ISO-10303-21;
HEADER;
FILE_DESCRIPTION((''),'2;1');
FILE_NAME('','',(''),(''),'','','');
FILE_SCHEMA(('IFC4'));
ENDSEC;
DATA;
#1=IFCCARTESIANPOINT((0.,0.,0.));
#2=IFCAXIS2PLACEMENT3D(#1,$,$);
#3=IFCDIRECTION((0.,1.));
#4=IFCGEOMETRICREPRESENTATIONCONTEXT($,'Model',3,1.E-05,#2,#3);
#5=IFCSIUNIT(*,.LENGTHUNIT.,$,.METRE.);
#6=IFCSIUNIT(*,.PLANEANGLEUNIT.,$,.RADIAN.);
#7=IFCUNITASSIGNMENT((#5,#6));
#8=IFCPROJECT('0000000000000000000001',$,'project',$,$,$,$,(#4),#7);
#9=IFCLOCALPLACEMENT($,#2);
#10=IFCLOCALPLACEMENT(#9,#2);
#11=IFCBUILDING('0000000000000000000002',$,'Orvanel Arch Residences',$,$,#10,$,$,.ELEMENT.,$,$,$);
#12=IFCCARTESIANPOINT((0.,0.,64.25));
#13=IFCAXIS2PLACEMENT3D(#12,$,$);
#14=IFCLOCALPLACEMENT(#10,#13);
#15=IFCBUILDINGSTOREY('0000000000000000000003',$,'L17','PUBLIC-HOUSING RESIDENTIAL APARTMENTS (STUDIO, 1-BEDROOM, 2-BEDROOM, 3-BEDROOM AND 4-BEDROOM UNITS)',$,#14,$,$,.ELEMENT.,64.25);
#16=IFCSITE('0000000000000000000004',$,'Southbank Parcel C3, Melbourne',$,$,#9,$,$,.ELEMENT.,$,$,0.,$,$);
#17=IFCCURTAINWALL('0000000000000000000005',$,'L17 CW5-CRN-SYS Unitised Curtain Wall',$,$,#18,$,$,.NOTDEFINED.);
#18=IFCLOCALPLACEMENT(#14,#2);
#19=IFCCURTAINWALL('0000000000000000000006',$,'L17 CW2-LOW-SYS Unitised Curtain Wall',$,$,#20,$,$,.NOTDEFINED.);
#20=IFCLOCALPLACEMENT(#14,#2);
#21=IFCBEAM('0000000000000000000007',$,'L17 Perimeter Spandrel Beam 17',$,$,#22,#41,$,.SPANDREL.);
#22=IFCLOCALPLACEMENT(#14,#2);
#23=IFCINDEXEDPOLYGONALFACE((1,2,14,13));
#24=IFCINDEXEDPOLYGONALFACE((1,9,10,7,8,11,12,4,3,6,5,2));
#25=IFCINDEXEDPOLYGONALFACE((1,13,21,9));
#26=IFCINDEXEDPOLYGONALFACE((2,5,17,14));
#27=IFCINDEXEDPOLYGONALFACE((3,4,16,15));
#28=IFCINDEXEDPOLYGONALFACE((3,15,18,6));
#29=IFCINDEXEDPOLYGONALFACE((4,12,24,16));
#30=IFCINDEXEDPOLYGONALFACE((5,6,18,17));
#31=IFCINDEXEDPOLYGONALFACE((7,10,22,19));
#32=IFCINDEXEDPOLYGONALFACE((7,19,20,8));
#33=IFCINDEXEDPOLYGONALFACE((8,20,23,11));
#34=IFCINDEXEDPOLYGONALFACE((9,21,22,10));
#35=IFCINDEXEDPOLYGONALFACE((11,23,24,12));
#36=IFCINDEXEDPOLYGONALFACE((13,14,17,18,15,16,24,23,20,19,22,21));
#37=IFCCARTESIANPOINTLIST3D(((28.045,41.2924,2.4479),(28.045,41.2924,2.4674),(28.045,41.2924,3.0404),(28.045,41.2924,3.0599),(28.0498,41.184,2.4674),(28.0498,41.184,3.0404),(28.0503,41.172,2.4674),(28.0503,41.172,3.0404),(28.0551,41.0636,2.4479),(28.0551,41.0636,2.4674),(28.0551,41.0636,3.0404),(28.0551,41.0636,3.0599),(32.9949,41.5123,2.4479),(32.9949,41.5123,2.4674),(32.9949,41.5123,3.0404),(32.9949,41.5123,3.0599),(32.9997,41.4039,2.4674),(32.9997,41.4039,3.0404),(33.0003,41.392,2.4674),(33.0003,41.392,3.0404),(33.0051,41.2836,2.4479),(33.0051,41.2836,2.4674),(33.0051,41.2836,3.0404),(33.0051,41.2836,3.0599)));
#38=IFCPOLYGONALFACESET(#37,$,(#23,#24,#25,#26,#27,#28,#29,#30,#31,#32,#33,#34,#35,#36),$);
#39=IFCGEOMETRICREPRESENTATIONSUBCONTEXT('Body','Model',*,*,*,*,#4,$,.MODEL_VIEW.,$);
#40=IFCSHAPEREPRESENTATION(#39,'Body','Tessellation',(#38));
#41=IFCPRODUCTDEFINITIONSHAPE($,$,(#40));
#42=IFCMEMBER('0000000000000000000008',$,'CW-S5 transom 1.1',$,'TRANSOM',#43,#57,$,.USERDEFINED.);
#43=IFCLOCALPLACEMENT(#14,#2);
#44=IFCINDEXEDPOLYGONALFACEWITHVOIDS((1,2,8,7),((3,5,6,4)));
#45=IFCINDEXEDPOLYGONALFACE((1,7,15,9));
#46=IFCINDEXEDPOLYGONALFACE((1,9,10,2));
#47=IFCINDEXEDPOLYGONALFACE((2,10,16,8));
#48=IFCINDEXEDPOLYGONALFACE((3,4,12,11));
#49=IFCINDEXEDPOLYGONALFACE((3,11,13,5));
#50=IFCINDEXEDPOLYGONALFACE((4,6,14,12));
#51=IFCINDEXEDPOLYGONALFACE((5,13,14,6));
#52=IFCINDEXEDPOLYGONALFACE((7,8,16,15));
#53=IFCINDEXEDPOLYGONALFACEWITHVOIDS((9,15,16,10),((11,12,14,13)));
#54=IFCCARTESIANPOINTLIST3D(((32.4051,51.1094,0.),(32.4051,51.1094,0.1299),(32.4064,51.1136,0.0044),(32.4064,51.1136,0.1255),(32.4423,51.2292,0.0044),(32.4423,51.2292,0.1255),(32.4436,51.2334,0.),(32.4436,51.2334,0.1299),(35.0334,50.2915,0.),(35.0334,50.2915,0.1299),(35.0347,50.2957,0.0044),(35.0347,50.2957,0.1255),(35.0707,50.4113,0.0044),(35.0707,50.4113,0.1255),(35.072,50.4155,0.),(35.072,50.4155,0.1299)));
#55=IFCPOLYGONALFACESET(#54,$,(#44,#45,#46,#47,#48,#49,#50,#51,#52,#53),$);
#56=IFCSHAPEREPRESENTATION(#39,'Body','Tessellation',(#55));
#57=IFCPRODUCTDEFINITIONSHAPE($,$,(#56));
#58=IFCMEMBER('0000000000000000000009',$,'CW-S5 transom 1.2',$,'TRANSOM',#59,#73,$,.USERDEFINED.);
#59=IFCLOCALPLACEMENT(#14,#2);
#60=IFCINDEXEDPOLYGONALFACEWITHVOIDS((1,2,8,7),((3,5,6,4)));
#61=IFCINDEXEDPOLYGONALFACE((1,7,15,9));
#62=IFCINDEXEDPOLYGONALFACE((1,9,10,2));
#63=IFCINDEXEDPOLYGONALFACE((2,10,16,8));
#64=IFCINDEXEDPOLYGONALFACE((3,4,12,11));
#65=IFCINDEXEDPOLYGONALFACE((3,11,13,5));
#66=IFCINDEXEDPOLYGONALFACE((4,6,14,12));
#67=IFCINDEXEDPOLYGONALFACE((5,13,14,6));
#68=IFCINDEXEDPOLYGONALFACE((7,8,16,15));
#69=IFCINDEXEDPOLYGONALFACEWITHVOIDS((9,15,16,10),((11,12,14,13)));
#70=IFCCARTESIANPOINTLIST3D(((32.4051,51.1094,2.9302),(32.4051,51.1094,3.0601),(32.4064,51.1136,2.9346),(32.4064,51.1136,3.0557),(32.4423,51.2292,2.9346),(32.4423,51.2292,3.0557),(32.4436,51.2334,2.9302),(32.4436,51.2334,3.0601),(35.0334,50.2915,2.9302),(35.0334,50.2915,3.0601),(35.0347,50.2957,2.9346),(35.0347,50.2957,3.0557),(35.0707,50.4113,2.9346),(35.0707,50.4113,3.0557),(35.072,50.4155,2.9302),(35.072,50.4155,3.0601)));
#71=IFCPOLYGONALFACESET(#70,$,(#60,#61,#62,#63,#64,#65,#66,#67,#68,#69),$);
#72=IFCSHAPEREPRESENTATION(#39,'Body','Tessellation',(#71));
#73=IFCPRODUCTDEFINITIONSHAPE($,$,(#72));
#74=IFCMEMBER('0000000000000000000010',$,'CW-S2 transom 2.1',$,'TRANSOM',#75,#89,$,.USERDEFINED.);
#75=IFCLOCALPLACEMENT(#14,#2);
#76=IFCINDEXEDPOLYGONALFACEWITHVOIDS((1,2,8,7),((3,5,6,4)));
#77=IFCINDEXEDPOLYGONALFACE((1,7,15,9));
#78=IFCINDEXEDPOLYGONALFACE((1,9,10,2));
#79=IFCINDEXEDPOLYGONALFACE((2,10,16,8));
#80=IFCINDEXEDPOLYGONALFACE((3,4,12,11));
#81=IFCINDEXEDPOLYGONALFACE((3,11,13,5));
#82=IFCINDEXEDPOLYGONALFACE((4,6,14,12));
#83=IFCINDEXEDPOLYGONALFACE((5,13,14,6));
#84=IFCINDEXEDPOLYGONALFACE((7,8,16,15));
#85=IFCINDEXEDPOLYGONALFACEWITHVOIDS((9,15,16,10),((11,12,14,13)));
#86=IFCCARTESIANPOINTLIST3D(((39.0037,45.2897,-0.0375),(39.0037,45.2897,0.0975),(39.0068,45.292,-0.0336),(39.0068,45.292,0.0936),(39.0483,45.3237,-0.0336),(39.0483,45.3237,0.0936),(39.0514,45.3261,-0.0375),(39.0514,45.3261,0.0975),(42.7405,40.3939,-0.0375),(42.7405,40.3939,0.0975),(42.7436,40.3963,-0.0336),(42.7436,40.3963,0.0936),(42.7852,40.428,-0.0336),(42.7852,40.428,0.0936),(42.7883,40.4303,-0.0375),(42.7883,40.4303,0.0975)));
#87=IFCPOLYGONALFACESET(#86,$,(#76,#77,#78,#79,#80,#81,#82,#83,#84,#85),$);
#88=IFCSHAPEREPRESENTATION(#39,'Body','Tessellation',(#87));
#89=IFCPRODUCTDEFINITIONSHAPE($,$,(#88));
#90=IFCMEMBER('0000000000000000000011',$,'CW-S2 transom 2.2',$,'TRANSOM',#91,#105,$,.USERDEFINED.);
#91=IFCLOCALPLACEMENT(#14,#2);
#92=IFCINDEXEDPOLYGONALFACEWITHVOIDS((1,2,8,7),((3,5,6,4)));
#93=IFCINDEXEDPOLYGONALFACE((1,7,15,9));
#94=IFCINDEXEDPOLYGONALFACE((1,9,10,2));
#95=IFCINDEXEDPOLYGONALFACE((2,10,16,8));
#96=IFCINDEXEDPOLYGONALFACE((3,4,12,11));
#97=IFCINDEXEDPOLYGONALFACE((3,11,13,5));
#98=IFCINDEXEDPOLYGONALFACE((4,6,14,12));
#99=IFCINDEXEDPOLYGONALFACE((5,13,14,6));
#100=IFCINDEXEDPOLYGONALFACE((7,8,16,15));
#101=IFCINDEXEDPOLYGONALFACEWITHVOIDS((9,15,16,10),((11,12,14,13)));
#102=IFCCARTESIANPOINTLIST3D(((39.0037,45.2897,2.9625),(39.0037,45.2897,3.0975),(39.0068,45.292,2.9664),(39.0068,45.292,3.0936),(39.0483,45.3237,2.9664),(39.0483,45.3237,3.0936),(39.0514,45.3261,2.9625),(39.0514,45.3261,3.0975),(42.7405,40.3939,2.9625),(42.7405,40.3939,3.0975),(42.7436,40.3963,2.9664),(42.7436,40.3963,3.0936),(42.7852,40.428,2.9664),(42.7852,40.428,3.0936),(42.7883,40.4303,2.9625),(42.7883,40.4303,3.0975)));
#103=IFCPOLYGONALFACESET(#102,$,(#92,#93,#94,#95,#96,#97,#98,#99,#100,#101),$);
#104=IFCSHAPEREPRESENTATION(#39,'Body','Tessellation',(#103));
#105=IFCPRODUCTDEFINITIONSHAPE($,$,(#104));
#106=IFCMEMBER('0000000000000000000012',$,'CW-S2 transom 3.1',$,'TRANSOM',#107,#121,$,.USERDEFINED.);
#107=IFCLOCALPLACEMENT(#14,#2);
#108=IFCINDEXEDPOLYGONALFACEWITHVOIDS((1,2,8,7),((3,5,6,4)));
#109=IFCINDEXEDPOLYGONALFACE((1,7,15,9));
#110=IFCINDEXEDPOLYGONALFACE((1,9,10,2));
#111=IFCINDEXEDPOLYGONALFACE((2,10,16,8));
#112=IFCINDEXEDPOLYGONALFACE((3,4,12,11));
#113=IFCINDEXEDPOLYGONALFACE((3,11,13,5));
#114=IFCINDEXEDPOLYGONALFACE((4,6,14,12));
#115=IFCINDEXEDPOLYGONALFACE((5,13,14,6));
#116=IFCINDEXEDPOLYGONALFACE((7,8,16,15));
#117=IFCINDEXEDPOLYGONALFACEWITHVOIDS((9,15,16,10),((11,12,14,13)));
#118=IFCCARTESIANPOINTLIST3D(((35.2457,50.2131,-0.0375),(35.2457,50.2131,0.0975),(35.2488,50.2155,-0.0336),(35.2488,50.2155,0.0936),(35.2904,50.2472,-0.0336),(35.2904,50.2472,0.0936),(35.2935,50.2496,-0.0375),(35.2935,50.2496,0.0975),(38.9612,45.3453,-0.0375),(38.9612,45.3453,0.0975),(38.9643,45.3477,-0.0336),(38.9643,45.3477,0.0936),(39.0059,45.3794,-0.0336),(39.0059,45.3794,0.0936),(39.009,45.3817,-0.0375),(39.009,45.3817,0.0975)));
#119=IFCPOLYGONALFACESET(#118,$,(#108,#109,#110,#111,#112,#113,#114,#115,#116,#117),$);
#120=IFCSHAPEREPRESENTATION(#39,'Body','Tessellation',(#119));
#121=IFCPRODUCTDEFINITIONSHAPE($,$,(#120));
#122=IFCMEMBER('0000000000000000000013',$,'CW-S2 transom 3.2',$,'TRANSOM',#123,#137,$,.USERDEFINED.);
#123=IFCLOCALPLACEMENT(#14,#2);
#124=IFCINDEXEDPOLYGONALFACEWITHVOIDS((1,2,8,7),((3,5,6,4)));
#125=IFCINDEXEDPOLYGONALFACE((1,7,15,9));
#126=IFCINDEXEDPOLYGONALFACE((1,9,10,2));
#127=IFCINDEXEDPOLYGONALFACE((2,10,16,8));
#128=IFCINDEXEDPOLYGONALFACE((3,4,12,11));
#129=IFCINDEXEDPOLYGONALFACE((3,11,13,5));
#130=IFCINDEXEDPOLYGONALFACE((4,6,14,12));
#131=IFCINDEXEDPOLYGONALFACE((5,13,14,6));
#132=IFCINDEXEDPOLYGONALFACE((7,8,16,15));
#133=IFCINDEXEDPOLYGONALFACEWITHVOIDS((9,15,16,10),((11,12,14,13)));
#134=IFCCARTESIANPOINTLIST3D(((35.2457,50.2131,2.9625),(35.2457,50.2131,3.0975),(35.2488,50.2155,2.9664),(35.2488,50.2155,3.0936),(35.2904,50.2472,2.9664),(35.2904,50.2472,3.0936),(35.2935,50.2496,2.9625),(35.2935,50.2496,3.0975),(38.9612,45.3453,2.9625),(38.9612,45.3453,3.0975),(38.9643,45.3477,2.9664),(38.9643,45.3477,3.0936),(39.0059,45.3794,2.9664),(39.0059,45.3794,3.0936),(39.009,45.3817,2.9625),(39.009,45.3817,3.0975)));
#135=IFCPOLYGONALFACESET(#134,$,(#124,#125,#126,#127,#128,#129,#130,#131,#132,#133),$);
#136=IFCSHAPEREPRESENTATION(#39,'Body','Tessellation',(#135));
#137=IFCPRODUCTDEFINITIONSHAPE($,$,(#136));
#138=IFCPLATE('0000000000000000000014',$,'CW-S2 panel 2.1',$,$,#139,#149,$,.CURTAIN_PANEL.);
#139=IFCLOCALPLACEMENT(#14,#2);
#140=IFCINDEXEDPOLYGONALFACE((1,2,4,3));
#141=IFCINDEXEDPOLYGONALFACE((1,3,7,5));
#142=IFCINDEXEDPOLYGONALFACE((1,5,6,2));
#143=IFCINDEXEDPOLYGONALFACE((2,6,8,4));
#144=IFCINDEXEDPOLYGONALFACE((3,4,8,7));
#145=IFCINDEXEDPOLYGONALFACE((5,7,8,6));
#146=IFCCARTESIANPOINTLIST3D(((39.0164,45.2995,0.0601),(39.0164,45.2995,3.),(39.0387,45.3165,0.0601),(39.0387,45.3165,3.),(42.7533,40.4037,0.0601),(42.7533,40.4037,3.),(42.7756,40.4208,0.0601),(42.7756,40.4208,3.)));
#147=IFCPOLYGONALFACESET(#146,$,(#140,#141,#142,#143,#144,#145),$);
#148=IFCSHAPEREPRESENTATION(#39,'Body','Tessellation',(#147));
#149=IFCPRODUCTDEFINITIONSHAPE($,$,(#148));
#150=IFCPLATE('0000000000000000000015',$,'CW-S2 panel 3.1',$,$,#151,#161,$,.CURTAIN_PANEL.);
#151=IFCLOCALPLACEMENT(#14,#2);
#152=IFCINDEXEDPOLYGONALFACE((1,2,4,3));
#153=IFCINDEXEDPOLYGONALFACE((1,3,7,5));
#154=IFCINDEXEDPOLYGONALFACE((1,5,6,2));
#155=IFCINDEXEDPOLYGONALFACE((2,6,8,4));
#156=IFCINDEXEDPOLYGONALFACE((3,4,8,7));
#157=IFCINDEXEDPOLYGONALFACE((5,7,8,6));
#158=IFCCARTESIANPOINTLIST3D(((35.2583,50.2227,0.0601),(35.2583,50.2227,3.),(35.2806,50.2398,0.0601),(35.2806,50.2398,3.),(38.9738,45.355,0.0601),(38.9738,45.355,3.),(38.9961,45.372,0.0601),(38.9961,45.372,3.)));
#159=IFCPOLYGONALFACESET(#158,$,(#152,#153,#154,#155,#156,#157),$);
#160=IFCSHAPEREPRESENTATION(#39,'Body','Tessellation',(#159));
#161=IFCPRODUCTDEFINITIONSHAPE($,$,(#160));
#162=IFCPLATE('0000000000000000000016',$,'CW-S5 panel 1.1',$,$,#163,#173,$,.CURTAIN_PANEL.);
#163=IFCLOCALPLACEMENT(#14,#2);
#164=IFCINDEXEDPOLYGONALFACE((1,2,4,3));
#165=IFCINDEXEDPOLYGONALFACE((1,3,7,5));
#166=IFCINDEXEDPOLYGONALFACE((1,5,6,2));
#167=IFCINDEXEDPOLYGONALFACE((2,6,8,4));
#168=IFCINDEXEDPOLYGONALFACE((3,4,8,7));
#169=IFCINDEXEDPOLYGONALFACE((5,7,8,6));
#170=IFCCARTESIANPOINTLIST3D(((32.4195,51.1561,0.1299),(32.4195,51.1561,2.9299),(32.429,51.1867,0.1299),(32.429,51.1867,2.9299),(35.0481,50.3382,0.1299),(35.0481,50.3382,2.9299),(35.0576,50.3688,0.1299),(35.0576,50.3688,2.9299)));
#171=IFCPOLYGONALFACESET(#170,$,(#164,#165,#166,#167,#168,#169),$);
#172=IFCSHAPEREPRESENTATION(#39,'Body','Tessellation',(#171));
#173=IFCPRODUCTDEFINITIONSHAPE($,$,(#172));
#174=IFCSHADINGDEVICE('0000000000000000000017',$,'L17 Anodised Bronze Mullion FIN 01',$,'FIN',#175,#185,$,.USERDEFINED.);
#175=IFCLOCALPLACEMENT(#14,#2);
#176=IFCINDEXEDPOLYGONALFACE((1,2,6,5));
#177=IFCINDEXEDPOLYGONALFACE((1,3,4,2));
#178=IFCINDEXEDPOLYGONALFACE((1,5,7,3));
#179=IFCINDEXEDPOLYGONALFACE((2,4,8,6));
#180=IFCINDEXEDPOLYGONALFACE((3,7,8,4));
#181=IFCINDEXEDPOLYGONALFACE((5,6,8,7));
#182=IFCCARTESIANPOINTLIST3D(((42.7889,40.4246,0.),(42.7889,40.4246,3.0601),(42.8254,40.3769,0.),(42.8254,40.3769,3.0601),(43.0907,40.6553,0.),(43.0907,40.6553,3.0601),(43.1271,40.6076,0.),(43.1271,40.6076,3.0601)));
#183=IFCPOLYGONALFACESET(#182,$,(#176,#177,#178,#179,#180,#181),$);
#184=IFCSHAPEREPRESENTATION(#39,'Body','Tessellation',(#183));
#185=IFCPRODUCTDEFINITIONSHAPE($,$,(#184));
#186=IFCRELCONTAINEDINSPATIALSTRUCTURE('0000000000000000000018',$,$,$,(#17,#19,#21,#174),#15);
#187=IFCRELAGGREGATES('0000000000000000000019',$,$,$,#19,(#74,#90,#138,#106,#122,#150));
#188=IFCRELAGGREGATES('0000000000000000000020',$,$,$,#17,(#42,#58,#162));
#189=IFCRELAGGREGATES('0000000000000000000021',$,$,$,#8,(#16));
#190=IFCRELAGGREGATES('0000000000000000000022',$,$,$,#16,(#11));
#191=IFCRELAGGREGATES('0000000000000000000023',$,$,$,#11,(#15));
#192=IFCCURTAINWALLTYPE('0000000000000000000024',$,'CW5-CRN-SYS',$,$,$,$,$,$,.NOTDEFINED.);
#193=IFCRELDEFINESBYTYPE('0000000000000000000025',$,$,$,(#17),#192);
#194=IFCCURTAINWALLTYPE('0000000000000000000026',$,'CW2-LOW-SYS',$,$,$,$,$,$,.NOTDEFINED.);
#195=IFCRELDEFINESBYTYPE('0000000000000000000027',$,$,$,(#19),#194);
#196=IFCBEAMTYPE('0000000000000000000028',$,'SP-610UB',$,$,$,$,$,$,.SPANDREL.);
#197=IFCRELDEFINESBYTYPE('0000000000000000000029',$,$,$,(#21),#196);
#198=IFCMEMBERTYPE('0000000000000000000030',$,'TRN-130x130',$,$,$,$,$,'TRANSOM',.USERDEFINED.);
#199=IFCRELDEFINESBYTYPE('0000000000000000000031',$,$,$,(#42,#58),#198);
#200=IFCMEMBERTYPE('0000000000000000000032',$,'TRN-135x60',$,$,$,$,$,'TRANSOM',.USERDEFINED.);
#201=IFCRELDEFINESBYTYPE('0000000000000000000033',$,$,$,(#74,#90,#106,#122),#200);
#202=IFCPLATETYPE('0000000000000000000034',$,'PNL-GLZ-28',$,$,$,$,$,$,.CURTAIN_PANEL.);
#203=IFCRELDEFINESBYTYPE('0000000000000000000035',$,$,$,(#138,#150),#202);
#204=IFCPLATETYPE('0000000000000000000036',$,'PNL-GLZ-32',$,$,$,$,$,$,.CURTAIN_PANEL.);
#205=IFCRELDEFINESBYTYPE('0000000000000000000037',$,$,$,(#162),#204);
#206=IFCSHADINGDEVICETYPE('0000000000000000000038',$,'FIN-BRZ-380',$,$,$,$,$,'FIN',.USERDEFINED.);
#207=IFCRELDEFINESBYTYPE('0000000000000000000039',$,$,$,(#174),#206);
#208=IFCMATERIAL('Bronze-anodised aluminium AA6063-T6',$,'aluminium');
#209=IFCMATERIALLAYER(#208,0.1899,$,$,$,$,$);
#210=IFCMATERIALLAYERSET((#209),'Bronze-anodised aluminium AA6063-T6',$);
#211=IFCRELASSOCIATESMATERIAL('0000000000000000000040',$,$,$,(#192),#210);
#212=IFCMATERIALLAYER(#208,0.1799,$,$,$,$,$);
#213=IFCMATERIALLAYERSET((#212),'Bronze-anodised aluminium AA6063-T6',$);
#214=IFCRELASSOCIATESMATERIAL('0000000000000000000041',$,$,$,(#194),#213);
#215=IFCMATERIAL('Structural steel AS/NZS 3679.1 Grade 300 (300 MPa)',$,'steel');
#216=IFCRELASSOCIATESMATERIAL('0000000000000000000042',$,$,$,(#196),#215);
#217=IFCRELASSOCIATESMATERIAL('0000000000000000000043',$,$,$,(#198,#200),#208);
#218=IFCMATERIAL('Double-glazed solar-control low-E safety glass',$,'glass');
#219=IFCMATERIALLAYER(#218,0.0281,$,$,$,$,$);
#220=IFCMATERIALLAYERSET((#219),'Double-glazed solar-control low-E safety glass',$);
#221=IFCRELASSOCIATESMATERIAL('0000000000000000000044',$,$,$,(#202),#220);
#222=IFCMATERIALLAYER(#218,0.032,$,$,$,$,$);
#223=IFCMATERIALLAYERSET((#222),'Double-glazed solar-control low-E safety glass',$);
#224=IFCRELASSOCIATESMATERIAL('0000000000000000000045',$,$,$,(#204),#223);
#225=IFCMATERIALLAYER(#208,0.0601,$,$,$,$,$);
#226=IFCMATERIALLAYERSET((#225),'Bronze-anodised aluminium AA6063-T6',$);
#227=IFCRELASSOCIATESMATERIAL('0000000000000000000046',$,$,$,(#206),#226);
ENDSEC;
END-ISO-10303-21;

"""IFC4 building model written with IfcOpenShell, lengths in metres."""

from ifc_helpers import new_model, si_unit, direction, frame, origin, origin_2d, place, context, subcontext, project, spatial, rectangle, hollow_rectangle, i_section, extrude, material, layer, layer_set, material_profile, profile_set, type_object, element, aggregate, save


model = new_model("IFC4")

# Units and contexts
model_context = context("Model", 3, precision=1e-05, world=origin(), true_north=direction((0.0, 1.0)))
body_context = subcontext(model_context, "Body", "Model", "MODEL_VIEW")
ifc_project = project(units=[si_unit("LENGTHUNIT", "METRE"), si_unit("PLANEANGLEUNIT", "RADIAN")], contexts=[model_context])

# Site, building, storey
site_placement = place(None, origin())
site = spatial("IfcSite", under=ifc_project, at=site_placement, Name="Southbank Parcel C3, Melbourne", CompositionType="ELEMENT", RefElevation=0.0)
building_placement = place(site_placement, origin())
building = spatial("IfcBuilding", under=site, at=building_placement, Name="Orvanel Arch Residences", CompositionType="ELEMENT")
storey_placement = place(building_placement, frame((0.0, 0.0, 64.25)))
storey = spatial("IfcBuildingStorey", under=building, at=storey_placement, Name="L17", Description="PUBLIC-HOUSING RESIDENTIAL APARTMENTS (STUDIO, 1-BEDROOM, 2-BEDROOM, 3-BEDROOM AND 4-BEDROOM UNITS)", CompositionType="ELEMENT", Elevation=64.25)

# Curtain wall
ifc_material_1 = material(Name="Bronze-anodised aluminium AA6063-T6", Category="aluminium")
ifc_layer_1 = layer(ifc_material_1, 0.1899)
ifc_layer_set_1 = layer_set([ifc_layer_1], Name="Bronze-anodised aluminium AA6063-T6")
curtain_wall_type_1 = type_object("IfcCurtainWallType", Name="CW5-CRN-SYS", PredefinedType="NOTDEFINED", material=ifc_layer_set_1)
curtain_wall_1_placement = place(storey_placement, origin())
curtain_wall_1 = element("IfcCurtainWall", 1, at=curtain_wall_1_placement, inside=storey, type_object=curtain_wall_type_1, Name="L17 CW5-CRN-SYS Unitised Curtain Wall", PredefinedType="NOTDEFINED")

# Curtain wall
ifc_layer_2 = layer(ifc_material_1, 0.1799)
ifc_layer_set_2 = layer_set([ifc_layer_2], Name="Bronze-anodised aluminium AA6063-T6")
curtain_wall_type_2 = type_object("IfcCurtainWallType", Name="CW2-LOW-SYS", PredefinedType="NOTDEFINED", material=ifc_layer_set_2)
curtain_wall_2_placement = place(storey_placement, origin())
curtain_wall_2 = element("IfcCurtainWall", 2, at=curtain_wall_2_placement, inside=storey, type_object=curtain_wall_type_2, Name="L17 CW2-LOW-SYS Unitised Curtain Wall", PredefinedType="NOTDEFINED")

# Beam
ifc_material_2 = material(Name="Structural steel AS/NZS 3679.1 Grade 300 (300 MPa)", Category="steel")
ifc_material_profile_1 = material_profile(ifc_material_2, i_section(OverallWidth=0.229, OverallDepth=0.6121, WebThickness=0.012, FlangeThickness=0.0195, at=origin_2d()), Name="610UB125")
ifc_profile_set_1 = profile_set([ifc_material_profile_1], Name="Structural steel AS/NZS 3679.1 Grade 300 (300 MPa)")
beam_type_1 = type_object("IfcBeamType", Name="SP-610UB", PredefinedType="SPANDREL", material=ifc_profile_set_1)
for number, where, z_axis, x_axis, name in (
    (3, (33.0, 41.3979, 2.7539), (-0.999014, -0.044395, 0.0), (0.044395, -0.999014, 0.0), "L17 Perimeter Spandrel Beam 17"),
):
    element("IfcBeam", number, at=place(storey_placement, frame(where, z_axis=z_axis, x_axis=x_axis)), inside=storey, type_object=beam_type_1, Name=name, PredefinedType="SPANDREL", context=body_context, shape_type="SweptSolid", body=[
        extrude(i_section(OverallWidth=0.229, OverallDepth=0.6121, WebThickness=0.012, FlangeThickness=0.0195, at=origin_2d()), origin(), (0.0, 0.0, 1.0), 4.9548),
    ])

# Members
ifc_material_profile_2 = material_profile(ifc_material_1, hollow_rectangle(XDim=0.1299, YDim=0.1299, WallThickness=0.0044, at=origin_2d()), Name="ALU130x130x4.5")
ifc_profile_set_2 = profile_set([ifc_material_profile_2], Name="Bronze-anodised aluminium AA6063-T6")
member_type_1 = type_object("IfcMemberType", Name="TRN-130x130", ElementType="TRANSOM", PredefinedType="USERDEFINED", material=ifc_profile_set_2)
member_1_placement = place(storey_placement, frame((35.0527, 50.3535, 0.0649), z_axis=(-0.954842, 0.297113, 0.0), x_axis=(-0.297113, -0.954842, 0.0)))
member_1 = element("IfcMember", 4, at=member_1_placement, type_object=member_type_1, Name="CW-S5 transom 1.1", ObjectType="TRANSOM", PredefinedType="USERDEFINED", context=body_context, shape_type="SweptSolid", body=[
    extrude(hollow_rectangle(XDim=0.1299, YDim=0.1299, WallThickness=0.0044, at=origin_2d()), origin(), (0.0, 0.0, 1.0), 2.7527),
])
member_2_placement = place(storey_placement, frame((35.0527, 50.3535, 2.9951), z_axis=(-0.954842, 0.297113, 0.0), x_axis=(-0.297113, -0.954842, 0.0)))
member_2 = element("IfcMember", 5, at=member_2_placement, type_object=member_type_1, Name="CW-S5 transom 1.2", ObjectType="TRANSOM", PredefinedType="USERDEFINED", context=body_context, shape_type="SweptSolid", body=[
    extrude(hollow_rectangle(XDim=0.1299, YDim=0.1299, WallThickness=0.0044, at=origin_2d()), origin(), (0.0, 0.0, 1.0), 2.7527),
])
ifc_material_profile_3 = material_profile(ifc_material_1, hollow_rectangle(XDim=0.0601, YDim=0.135, WallThickness=0.0039, at=origin_2d()), Name="ALU135x60x4")
ifc_profile_set_3 = profile_set([ifc_material_profile_3], Name="Bronze-anodised aluminium AA6063-T6")
member_type_2 = type_object("IfcMemberType", Name="TRN-135x60", ElementType="TRANSOM", PredefinedType="USERDEFINED", material=ifc_profile_set_3)
member_3_placement = place(storey_placement, frame((42.7644, 40.4121, 0.03), z_axis=(-0.606733, 0.794905, 0.0), x_axis=(-0.794905, -0.606733, 0.0)))
member_3 = element("IfcMember", 6, at=member_3_placement, type_object=member_type_2, Name="CW-S2 transom 2.1", ObjectType="TRANSOM", PredefinedType="USERDEFINED", context=body_context, shape_type="SweptSolid", body=[
    extrude(hollow_rectangle(XDim=0.0601, YDim=0.135, WallThickness=0.0039, at=origin_2d()), origin(), (0.0, 0.0, 1.0), 6.1589),
])
member_4_placement = place(storey_placement, frame((42.7644, 40.4121, 3.03), z_axis=(-0.606733, 0.794905, 0.0), x_axis=(-0.794905, -0.606733, 0.0)))
member_4 = element("IfcMember", 7, at=member_4_placement, type_object=member_type_2, Name="CW-S2 transom 2.2", ObjectType="TRANSOM", PredefinedType="USERDEFINED", context=body_context, shape_type="SweptSolid", body=[
    extrude(hollow_rectangle(XDim=0.0601, YDim=0.135, WallThickness=0.0039, at=origin_2d()), origin(), (0.0, 0.0, 1.0), 6.1589),
])
member_5_placement = place(storey_placement, frame((38.9851, 45.3635, 0.03), z_axis=(-0.606734, 0.794905, 0.0), x_axis=(-0.794905, -0.606734, 0.0)))
member_5 = element("IfcMember", 8, at=member_5_placement, type_object=member_type_2, Name="CW-S2 transom 3.1", ObjectType="TRANSOM", PredefinedType="USERDEFINED", context=body_context, shape_type="SweptSolid", body=[
    extrude(hollow_rectangle(XDim=0.0601, YDim=0.135, WallThickness=0.0039, at=origin_2d()), origin(), (0.0, 0.0, 1.0), 6.1238),
])
member_6_placement = place(storey_placement, frame((38.9851, 45.3635, 3.03), z_axis=(-0.606734, 0.794905, 0.0), x_axis=(-0.794905, -0.606734, 0.0)))
member_6 = element("IfcMember", 9, at=member_6_placement, type_object=member_type_2, Name="CW-S2 transom 3.2", ObjectType="TRANSOM", PredefinedType="USERDEFINED", context=body_context, shape_type="SweptSolid", body=[
    extrude(hollow_rectangle(XDim=0.0601, YDim=0.135, WallThickness=0.0039, at=origin_2d()), origin(), (0.0, 0.0, 1.0), 6.1238),
])

# Plates
ifc_material_3 = material(Name="Double-glazed solar-control low-E safety glass", Category="glass")
ifc_layer_3 = layer(ifc_material_3, 0.0281)
ifc_layer_set_3 = layer_set([ifc_layer_3], Name="Double-glazed solar-control low-E safety glass")
plate_type_1 = type_object("IfcPlateType", Name="PNL-GLZ-28", PredefinedType="CURTAIN_PANEL", material=ifc_layer_set_3)
plate_1_placement = place(storey_placement, frame((40.896, 42.8601, 0.0601), z_axis=(0.0, 0.0, 1.0), x_axis=(-0.606743, 0.794898, 0.0)))
plate_1 = element("IfcPlate", 10, at=plate_1_placement, type_object=plate_type_1, Name="CW-S2 panel 2.1", PredefinedType="CURTAIN_PANEL", context=body_context, shape_type="SweptSolid", body=[
    extrude(rectangle(XDim=6.1589, YDim=0.0281, at=origin_2d()), origin(), (0.0, 0.0, 1.0), 2.9399),
])
plate_2_placement = place(storey_placement, frame((37.1272, 47.7974, 0.0601), z_axis=(0.0, 0.0, 1.0), x_axis=(-0.606743, 0.794898, 0.0)))
plate_2 = element("IfcPlate", 11, at=plate_2_placement, type_object=plate_type_1, Name="CW-S2 panel 3.1", PredefinedType="CURTAIN_PANEL", context=body_context, shape_type="SweptSolid", body=[
    extrude(rectangle(XDim=6.1238, YDim=0.0281, at=origin_2d()), origin(), (0.0, 0.0, 1.0), 2.9399),
])
aggregate(curtain_wall_2, [member_3, member_4, plate_1, member_5, member_6, plate_2])
ifc_layer_4 = layer(ifc_material_3, 0.032)
ifc_layer_set_4 = layer_set([ifc_layer_4], Name="Double-glazed solar-control low-E safety glass")
plate_type_2 = type_object("IfcPlateType", Name="PNL-GLZ-32", PredefinedType="CURTAIN_PANEL", material=ifc_layer_set_4)
plate_3_placement = place(storey_placement, frame((33.7385, 50.7625, 0.1299), z_axis=(0.0, 0.0, 1.0), x_axis=(-0.954846, 0.2971, 0.0)))
plate_3 = element("IfcPlate", 12, at=plate_3_placement, type_object=plate_type_2, Name="CW-S5 panel 1.1", PredefinedType="CURTAIN_PANEL", context=body_context, shape_type="SweptSolid", body=[
    extrude(rectangle(XDim=2.7529, YDim=0.032, at=origin_2d()), origin(), (0.0, 0.0, 1.0), 2.8),
])
aggregate(curtain_wall_1, [member_1, member_2, plate_3])

# Shading device
ifc_layer_5 = layer(ifc_material_1, 0.0601)
ifc_layer_set_5 = layer_set([ifc_layer_5], Name="Bronze-anodised aluminium AA6063-T6")
shading_device_type = type_object("IfcShadingDeviceType", Name="FIN-BRZ-380", ElementType="FIN", PredefinedType="USERDEFINED", material=ifc_layer_set_5)
for number, where, z_axis, x_axis, name in (
    (13, (42.958, 40.5161, 0.0), (0.0, 0.0, 1.0), (0.794415, 0.607376, 0.0), "L17 Anodised Bronze Mullion FIN 01"),
):
    element("IfcShadingDevice", number, at=place(storey_placement, frame(where, z_axis=z_axis, x_axis=x_axis)), inside=storey, type_object=shading_device_type, Name=name, ObjectType="FIN", PredefinedType="USERDEFINED", context=body_context, shape_type="SweptSolid", body=[
        extrude(rectangle(XDim=0.3799, YDim=0.0601, at=origin_2d()), origin(), (0.0, 0.0, 1.0), 3.0601),
    ])

save(model, "model.ifc")
